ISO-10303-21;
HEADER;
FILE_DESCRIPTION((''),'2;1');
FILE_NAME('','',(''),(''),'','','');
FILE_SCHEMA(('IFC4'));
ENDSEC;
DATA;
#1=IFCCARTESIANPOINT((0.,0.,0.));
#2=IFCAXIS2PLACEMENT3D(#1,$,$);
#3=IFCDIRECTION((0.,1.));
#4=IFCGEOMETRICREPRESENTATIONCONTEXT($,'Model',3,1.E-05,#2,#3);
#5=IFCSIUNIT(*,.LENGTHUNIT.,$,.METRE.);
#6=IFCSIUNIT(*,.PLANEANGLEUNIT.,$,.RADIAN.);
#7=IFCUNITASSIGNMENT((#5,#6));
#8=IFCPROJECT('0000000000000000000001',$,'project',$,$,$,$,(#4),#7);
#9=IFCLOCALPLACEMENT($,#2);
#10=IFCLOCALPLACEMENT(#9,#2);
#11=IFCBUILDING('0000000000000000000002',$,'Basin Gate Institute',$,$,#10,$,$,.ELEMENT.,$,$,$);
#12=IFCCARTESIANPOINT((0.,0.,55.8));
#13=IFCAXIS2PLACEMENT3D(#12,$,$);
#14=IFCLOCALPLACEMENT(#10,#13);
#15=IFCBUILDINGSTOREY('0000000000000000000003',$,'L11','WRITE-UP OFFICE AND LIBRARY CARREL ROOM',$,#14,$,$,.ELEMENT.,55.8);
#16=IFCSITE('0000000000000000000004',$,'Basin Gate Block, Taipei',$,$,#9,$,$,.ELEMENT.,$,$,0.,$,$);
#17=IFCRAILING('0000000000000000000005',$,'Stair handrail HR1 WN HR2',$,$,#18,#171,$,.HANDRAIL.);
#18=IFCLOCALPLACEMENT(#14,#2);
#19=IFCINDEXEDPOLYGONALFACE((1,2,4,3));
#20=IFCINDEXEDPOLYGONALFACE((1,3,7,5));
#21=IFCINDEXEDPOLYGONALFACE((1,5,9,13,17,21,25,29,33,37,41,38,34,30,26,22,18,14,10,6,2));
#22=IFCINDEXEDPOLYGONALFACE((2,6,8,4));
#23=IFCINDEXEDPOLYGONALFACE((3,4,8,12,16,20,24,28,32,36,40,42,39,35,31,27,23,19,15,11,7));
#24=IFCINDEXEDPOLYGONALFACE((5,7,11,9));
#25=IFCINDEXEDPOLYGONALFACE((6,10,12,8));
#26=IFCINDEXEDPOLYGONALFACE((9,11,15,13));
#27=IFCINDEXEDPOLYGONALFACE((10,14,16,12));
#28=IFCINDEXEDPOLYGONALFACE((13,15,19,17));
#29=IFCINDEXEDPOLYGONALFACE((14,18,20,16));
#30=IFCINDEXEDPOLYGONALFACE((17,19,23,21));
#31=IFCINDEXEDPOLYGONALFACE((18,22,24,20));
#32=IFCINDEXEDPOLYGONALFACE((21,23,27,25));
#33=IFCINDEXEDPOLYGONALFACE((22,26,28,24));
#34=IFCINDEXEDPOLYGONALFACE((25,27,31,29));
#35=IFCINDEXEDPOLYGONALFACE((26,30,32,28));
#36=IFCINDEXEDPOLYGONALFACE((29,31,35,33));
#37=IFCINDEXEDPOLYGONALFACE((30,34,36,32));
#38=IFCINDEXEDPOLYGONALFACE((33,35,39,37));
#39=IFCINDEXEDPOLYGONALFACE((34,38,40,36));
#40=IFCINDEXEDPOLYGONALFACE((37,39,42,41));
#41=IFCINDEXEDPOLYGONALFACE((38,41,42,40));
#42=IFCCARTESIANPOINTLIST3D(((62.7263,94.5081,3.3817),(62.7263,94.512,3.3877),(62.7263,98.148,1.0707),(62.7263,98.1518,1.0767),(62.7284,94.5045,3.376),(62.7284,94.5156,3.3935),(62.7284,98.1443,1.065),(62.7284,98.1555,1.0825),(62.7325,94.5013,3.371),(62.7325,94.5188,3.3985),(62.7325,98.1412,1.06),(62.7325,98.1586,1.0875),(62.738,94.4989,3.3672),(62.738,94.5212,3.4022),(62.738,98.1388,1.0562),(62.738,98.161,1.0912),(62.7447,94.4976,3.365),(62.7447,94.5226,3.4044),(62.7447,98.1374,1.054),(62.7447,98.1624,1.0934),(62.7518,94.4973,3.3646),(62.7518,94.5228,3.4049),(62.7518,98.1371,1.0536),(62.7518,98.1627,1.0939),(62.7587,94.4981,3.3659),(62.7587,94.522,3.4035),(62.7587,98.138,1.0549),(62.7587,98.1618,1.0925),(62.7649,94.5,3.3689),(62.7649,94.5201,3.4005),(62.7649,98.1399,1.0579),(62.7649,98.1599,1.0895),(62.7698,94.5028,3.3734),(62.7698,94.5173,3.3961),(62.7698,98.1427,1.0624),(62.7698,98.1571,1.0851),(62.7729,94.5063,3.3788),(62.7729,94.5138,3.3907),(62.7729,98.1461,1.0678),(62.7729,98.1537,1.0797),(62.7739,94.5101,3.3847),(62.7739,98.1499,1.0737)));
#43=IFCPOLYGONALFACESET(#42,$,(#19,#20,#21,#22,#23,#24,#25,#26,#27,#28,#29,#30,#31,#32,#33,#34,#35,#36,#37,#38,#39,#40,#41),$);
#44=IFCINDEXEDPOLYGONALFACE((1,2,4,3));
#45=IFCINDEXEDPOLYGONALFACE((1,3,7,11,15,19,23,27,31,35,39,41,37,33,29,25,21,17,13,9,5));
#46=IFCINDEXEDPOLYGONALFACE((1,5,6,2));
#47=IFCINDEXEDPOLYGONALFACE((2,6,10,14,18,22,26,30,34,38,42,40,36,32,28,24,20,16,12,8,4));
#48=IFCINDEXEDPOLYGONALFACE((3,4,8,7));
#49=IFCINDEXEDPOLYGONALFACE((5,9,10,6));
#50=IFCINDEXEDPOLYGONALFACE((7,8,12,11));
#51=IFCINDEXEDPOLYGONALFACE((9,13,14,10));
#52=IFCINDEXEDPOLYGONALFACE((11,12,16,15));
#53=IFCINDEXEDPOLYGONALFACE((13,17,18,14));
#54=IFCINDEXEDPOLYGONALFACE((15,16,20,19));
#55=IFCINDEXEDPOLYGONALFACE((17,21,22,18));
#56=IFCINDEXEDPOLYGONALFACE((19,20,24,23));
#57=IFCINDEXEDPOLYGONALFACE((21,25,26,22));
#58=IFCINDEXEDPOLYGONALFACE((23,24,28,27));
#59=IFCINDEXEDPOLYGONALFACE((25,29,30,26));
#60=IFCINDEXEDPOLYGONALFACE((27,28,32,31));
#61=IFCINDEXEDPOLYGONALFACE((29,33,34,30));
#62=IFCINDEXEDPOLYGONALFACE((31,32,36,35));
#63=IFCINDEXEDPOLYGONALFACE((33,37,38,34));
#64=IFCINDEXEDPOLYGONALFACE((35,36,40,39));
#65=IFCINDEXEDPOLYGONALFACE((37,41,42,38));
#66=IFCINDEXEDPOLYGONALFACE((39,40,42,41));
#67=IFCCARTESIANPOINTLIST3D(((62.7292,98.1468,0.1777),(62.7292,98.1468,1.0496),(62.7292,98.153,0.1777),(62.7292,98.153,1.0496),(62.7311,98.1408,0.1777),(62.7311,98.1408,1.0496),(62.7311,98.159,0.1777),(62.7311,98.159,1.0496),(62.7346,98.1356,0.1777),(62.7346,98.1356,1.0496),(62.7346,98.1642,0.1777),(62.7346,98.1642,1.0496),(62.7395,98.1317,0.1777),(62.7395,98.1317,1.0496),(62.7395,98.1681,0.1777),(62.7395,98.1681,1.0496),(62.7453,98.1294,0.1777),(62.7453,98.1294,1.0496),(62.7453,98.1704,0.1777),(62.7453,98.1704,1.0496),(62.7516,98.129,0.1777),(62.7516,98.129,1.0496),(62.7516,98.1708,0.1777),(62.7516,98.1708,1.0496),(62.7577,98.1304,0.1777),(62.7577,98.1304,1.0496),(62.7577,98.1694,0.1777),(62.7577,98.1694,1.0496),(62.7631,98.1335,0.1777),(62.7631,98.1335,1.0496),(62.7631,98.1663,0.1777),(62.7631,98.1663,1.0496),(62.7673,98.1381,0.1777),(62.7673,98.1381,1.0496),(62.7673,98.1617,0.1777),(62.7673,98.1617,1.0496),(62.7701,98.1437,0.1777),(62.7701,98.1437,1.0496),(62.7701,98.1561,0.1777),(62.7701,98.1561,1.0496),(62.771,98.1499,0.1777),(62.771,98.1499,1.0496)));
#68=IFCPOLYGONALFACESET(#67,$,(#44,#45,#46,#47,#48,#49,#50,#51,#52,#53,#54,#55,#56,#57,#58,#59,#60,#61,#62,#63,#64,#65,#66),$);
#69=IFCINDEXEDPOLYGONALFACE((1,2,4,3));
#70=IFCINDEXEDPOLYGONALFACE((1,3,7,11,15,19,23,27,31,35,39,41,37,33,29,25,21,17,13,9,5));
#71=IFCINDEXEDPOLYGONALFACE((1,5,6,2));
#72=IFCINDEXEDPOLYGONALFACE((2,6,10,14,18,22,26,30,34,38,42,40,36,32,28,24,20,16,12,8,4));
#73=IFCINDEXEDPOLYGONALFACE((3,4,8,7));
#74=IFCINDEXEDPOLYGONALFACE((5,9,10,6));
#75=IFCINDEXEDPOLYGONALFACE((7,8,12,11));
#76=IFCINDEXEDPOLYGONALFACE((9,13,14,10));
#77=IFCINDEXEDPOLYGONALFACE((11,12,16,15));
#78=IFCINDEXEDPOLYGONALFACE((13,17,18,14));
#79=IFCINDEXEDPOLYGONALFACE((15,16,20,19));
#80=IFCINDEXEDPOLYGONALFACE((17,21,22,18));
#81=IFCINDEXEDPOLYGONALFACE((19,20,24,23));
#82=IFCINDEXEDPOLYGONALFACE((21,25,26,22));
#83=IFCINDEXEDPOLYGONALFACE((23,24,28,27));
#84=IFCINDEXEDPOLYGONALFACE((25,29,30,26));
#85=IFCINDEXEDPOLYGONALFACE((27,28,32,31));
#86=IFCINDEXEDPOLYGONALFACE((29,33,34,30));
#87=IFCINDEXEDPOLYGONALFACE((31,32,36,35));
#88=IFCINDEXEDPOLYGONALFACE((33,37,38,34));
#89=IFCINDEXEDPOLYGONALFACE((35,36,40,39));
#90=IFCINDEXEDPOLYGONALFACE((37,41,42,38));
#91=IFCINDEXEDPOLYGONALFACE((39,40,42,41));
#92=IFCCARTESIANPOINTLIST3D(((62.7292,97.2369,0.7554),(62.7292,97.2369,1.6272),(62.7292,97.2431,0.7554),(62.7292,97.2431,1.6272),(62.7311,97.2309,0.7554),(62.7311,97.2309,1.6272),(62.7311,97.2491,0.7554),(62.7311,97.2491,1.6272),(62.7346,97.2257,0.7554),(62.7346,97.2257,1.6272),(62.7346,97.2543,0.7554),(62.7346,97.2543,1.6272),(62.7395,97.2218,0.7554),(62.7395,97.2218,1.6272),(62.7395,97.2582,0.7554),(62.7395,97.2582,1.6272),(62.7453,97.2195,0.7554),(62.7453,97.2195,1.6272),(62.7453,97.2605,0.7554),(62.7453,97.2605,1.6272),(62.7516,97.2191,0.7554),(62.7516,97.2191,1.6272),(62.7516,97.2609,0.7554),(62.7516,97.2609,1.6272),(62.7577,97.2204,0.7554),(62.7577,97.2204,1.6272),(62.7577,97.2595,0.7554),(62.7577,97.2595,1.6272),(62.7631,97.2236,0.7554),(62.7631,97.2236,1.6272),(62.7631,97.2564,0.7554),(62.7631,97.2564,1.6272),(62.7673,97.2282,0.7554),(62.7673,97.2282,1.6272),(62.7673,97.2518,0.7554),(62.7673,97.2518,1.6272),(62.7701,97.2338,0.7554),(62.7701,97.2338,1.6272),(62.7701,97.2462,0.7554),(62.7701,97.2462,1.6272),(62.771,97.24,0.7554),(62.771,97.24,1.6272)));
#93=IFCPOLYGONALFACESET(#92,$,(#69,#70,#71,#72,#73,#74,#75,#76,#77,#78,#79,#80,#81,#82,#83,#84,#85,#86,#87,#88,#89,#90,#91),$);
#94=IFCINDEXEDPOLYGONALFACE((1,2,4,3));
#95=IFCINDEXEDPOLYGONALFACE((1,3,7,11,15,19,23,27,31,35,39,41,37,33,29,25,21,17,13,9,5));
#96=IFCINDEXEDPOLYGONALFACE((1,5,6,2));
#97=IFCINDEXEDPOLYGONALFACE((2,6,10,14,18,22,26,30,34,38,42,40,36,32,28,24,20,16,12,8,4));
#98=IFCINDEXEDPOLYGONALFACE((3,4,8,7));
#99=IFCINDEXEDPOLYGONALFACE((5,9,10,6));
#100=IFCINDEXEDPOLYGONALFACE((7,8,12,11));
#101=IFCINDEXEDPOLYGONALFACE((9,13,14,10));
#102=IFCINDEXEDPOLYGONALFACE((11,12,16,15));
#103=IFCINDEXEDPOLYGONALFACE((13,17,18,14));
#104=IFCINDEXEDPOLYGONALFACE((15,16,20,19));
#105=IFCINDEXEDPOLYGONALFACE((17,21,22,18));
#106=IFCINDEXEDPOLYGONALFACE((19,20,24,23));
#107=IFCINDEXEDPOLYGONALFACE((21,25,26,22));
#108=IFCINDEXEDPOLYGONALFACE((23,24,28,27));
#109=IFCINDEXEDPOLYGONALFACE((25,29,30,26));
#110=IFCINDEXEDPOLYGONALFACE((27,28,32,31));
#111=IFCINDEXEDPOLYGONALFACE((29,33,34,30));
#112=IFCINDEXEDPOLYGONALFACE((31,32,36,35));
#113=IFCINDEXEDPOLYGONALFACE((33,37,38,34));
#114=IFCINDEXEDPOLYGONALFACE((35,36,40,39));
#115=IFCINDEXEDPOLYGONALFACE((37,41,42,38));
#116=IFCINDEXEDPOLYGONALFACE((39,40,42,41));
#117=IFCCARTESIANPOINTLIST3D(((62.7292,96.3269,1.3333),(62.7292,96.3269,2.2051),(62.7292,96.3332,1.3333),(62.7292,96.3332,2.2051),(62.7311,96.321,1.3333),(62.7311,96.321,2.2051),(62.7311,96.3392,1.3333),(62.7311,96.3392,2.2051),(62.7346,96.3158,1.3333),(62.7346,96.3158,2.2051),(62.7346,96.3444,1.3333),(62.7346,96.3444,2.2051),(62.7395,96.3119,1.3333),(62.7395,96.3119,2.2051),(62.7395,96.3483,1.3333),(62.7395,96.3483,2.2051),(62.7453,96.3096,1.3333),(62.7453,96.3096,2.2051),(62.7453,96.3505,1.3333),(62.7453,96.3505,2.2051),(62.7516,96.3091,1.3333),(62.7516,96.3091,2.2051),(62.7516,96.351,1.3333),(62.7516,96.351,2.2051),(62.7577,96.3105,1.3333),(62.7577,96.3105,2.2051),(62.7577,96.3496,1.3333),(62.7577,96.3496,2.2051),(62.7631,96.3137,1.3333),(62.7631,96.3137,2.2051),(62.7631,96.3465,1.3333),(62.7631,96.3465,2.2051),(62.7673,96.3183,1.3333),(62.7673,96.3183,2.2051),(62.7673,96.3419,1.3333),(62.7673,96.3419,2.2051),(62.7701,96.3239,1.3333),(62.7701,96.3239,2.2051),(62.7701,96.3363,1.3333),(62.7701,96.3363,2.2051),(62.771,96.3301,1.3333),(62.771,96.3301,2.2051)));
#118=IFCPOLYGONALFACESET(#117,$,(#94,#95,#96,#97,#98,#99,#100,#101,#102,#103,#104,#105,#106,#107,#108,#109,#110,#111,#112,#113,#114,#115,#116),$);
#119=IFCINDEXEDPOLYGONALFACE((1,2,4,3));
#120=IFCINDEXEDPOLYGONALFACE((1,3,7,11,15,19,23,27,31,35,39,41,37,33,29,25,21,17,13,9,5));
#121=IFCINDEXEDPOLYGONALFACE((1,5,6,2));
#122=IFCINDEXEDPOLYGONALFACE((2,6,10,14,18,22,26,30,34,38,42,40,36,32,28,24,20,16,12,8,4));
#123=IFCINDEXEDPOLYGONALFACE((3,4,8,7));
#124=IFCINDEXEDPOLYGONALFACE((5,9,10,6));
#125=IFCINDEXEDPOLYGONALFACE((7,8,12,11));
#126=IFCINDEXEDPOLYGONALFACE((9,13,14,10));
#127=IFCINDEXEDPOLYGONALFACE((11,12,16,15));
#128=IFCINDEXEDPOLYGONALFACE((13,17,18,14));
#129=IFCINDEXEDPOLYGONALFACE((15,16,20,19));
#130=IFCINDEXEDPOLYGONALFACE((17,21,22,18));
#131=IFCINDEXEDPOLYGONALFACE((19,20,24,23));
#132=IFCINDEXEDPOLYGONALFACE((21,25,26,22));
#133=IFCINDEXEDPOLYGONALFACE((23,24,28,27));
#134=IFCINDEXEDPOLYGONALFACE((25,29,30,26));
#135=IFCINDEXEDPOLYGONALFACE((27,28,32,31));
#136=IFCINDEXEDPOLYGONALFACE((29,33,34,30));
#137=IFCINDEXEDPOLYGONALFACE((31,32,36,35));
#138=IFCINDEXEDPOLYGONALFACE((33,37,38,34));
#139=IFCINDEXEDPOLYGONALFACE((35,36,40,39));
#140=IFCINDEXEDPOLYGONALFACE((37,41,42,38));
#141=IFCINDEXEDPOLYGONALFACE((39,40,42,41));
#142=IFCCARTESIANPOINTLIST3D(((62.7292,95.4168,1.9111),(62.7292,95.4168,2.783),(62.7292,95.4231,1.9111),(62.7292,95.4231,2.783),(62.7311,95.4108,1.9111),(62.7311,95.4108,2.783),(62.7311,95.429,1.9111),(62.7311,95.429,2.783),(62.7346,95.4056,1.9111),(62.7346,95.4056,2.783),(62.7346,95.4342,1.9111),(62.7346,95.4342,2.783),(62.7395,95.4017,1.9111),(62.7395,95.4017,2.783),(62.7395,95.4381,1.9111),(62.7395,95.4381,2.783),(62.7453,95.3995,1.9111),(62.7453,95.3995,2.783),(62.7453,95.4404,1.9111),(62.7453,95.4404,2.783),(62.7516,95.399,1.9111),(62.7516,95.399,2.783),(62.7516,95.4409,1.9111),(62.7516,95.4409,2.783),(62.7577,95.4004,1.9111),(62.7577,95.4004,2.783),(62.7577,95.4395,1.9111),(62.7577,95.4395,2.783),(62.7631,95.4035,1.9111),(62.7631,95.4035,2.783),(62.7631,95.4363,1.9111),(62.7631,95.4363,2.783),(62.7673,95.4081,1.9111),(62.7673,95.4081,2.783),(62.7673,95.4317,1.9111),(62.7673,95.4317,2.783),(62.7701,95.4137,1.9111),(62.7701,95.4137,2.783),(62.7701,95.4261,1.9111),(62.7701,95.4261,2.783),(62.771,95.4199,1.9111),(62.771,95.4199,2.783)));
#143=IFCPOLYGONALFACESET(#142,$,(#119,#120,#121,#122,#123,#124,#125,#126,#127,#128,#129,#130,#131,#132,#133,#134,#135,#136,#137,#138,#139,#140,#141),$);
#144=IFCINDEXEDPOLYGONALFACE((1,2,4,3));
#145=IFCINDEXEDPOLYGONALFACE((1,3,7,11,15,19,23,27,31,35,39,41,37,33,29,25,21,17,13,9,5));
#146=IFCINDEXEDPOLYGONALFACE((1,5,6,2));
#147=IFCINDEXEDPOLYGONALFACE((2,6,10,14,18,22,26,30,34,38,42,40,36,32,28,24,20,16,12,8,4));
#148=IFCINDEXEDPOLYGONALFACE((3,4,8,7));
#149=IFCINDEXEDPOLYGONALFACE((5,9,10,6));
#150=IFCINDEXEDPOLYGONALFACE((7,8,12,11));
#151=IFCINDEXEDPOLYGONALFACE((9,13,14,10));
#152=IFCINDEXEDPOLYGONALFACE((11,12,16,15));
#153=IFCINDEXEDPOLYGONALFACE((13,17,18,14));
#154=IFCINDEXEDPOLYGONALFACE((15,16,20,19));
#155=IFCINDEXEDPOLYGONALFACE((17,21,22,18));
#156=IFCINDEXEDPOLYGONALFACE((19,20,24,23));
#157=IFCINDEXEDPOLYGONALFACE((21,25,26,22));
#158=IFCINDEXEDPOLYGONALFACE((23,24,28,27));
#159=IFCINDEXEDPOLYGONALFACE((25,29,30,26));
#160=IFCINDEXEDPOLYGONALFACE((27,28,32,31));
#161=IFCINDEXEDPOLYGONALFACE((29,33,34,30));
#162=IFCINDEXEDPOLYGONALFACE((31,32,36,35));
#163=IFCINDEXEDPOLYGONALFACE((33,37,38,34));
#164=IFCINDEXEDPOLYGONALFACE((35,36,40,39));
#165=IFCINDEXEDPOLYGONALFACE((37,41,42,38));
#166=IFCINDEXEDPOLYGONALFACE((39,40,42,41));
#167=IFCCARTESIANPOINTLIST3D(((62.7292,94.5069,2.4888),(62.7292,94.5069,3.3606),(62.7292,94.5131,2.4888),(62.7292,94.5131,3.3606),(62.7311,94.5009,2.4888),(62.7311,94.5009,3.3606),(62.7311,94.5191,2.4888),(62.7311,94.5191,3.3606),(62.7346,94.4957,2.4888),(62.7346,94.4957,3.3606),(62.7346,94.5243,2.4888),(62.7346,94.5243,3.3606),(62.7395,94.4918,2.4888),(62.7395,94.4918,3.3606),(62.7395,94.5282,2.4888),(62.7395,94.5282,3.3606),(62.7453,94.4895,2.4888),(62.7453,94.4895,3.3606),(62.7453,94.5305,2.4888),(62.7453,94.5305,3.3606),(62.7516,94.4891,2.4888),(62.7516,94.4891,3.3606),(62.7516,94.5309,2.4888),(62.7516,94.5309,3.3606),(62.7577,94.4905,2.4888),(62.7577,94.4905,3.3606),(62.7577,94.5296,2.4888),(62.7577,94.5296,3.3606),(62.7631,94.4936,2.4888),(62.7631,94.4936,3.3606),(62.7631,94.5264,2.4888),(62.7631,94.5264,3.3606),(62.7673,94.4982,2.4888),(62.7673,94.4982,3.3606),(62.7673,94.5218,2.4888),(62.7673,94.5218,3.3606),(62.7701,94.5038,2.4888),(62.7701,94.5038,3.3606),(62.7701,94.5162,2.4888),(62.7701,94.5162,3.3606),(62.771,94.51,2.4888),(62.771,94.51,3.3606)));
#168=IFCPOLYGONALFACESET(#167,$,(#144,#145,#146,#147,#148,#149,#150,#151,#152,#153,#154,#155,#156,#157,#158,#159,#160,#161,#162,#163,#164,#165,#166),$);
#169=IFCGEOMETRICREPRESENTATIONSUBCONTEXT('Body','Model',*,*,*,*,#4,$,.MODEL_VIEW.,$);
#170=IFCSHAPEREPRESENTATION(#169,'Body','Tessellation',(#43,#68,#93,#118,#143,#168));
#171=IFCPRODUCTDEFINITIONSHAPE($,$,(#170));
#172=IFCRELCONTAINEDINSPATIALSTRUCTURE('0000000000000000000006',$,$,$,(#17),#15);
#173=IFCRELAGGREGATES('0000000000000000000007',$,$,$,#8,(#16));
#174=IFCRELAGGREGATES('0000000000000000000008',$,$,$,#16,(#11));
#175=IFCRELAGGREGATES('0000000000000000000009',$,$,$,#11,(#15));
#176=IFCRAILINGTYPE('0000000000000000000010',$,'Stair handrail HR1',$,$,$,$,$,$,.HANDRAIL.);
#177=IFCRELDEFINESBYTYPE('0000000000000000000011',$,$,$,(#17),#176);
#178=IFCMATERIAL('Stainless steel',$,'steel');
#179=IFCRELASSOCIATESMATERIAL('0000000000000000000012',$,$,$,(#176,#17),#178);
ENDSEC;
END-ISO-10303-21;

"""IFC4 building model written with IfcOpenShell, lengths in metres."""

from ifc_helpers import new_model, si_unit, direction, frame, origin, origin_2d, place, context, subcontext, project, spatial, circle, extrude, material, type_object, element, save


model = new_model("IFC4")

# Units and contexts
model_context = context("Model", 3, precision=1e-05, world=origin(), true_north=direction((0.0, 1.0)))
body_context = subcontext(model_context, "Body", "Model", "MODEL_VIEW")
ifc_project = project(units=[si_unit("LENGTHUNIT", "METRE"), si_unit("PLANEANGLEUNIT", "RADIAN")], contexts=[model_context])

# Site, building, storey
site_placement = place(None, origin())
site = spatial("IfcSite", under=ifc_project, at=site_placement, Name="Basin Gate Block, Taipei", CompositionType="ELEMENT", RefElevation=0.0)
building_placement = place(site_placement, origin())
building = spatial("IfcBuilding", under=site, at=building_placement, Name="Basin Gate Institute", CompositionType="ELEMENT")
storey_placement = place(building_placement, frame((0.0, 0.0, 55.8)))
storey = spatial("IfcBuildingStorey", under=building, at=storey_placement, Name="L11", Description="WRITE-UP OFFICE AND LIBRARY CARREL ROOM", CompositionType="ELEMENT", Elevation=55.8)

# Railing
ifc_material_1 = material(Name="Stainless steel", Category="steel")
railing_type_1 = type_object("IfcRailingType", Name="Stair handrail HR1", PredefinedType="HANDRAIL", material=ifc_material_1)
for number, where, name in (
    (1, (62.75, 98.1499, 0.1777), "Stair handrail HR1 WN HR2"),
):
    element("IfcRailing", number, at=place(storey_placement, frame(where)), inside=storey, type_object=railing_type_1, material=ifc_material_1, Name=name, PredefinedType="HANDRAIL", context=body_context, shape_type="SweptSolid", body=[
        extrude(circle(Radius=0.0239, at=origin_2d()), frame((0.0, 0.0, 0.896), z_axis=(0.0, -0.844214, 0.536007), x_axis=(1.0, 0.0, 0.0)), (0.0, 0.0, 1.0), 4.3115),
        extrude(circle(Radius=0.021, at=origin_2d()), origin(), (0.0, 0.0, 1.0), 0.8718),
        extrude(circle(Radius=0.021, at=origin_2d()), frame((0.0, -0.9099, 0.5776)), (0.0, 0.0, 1.0), 0.8718),
        extrude(circle(Radius=0.021, at=origin_2d()), frame((0.0, -1.8198, 1.1555)), (0.0, 0.0, 1.0), 0.8718),
        extrude(circle(Radius=0.021, at=origin_2d()), frame((0.0, -2.73, 1.7334)), (0.0, 0.0, 1.0), 0.8718),
        extrude(circle(Radius=0.021, at=origin_2d()), frame((0.0, -3.6399, 2.311)), (0.0, 0.0, 1.0), 0.8718),
    ])

save(model, "model.ifc")
